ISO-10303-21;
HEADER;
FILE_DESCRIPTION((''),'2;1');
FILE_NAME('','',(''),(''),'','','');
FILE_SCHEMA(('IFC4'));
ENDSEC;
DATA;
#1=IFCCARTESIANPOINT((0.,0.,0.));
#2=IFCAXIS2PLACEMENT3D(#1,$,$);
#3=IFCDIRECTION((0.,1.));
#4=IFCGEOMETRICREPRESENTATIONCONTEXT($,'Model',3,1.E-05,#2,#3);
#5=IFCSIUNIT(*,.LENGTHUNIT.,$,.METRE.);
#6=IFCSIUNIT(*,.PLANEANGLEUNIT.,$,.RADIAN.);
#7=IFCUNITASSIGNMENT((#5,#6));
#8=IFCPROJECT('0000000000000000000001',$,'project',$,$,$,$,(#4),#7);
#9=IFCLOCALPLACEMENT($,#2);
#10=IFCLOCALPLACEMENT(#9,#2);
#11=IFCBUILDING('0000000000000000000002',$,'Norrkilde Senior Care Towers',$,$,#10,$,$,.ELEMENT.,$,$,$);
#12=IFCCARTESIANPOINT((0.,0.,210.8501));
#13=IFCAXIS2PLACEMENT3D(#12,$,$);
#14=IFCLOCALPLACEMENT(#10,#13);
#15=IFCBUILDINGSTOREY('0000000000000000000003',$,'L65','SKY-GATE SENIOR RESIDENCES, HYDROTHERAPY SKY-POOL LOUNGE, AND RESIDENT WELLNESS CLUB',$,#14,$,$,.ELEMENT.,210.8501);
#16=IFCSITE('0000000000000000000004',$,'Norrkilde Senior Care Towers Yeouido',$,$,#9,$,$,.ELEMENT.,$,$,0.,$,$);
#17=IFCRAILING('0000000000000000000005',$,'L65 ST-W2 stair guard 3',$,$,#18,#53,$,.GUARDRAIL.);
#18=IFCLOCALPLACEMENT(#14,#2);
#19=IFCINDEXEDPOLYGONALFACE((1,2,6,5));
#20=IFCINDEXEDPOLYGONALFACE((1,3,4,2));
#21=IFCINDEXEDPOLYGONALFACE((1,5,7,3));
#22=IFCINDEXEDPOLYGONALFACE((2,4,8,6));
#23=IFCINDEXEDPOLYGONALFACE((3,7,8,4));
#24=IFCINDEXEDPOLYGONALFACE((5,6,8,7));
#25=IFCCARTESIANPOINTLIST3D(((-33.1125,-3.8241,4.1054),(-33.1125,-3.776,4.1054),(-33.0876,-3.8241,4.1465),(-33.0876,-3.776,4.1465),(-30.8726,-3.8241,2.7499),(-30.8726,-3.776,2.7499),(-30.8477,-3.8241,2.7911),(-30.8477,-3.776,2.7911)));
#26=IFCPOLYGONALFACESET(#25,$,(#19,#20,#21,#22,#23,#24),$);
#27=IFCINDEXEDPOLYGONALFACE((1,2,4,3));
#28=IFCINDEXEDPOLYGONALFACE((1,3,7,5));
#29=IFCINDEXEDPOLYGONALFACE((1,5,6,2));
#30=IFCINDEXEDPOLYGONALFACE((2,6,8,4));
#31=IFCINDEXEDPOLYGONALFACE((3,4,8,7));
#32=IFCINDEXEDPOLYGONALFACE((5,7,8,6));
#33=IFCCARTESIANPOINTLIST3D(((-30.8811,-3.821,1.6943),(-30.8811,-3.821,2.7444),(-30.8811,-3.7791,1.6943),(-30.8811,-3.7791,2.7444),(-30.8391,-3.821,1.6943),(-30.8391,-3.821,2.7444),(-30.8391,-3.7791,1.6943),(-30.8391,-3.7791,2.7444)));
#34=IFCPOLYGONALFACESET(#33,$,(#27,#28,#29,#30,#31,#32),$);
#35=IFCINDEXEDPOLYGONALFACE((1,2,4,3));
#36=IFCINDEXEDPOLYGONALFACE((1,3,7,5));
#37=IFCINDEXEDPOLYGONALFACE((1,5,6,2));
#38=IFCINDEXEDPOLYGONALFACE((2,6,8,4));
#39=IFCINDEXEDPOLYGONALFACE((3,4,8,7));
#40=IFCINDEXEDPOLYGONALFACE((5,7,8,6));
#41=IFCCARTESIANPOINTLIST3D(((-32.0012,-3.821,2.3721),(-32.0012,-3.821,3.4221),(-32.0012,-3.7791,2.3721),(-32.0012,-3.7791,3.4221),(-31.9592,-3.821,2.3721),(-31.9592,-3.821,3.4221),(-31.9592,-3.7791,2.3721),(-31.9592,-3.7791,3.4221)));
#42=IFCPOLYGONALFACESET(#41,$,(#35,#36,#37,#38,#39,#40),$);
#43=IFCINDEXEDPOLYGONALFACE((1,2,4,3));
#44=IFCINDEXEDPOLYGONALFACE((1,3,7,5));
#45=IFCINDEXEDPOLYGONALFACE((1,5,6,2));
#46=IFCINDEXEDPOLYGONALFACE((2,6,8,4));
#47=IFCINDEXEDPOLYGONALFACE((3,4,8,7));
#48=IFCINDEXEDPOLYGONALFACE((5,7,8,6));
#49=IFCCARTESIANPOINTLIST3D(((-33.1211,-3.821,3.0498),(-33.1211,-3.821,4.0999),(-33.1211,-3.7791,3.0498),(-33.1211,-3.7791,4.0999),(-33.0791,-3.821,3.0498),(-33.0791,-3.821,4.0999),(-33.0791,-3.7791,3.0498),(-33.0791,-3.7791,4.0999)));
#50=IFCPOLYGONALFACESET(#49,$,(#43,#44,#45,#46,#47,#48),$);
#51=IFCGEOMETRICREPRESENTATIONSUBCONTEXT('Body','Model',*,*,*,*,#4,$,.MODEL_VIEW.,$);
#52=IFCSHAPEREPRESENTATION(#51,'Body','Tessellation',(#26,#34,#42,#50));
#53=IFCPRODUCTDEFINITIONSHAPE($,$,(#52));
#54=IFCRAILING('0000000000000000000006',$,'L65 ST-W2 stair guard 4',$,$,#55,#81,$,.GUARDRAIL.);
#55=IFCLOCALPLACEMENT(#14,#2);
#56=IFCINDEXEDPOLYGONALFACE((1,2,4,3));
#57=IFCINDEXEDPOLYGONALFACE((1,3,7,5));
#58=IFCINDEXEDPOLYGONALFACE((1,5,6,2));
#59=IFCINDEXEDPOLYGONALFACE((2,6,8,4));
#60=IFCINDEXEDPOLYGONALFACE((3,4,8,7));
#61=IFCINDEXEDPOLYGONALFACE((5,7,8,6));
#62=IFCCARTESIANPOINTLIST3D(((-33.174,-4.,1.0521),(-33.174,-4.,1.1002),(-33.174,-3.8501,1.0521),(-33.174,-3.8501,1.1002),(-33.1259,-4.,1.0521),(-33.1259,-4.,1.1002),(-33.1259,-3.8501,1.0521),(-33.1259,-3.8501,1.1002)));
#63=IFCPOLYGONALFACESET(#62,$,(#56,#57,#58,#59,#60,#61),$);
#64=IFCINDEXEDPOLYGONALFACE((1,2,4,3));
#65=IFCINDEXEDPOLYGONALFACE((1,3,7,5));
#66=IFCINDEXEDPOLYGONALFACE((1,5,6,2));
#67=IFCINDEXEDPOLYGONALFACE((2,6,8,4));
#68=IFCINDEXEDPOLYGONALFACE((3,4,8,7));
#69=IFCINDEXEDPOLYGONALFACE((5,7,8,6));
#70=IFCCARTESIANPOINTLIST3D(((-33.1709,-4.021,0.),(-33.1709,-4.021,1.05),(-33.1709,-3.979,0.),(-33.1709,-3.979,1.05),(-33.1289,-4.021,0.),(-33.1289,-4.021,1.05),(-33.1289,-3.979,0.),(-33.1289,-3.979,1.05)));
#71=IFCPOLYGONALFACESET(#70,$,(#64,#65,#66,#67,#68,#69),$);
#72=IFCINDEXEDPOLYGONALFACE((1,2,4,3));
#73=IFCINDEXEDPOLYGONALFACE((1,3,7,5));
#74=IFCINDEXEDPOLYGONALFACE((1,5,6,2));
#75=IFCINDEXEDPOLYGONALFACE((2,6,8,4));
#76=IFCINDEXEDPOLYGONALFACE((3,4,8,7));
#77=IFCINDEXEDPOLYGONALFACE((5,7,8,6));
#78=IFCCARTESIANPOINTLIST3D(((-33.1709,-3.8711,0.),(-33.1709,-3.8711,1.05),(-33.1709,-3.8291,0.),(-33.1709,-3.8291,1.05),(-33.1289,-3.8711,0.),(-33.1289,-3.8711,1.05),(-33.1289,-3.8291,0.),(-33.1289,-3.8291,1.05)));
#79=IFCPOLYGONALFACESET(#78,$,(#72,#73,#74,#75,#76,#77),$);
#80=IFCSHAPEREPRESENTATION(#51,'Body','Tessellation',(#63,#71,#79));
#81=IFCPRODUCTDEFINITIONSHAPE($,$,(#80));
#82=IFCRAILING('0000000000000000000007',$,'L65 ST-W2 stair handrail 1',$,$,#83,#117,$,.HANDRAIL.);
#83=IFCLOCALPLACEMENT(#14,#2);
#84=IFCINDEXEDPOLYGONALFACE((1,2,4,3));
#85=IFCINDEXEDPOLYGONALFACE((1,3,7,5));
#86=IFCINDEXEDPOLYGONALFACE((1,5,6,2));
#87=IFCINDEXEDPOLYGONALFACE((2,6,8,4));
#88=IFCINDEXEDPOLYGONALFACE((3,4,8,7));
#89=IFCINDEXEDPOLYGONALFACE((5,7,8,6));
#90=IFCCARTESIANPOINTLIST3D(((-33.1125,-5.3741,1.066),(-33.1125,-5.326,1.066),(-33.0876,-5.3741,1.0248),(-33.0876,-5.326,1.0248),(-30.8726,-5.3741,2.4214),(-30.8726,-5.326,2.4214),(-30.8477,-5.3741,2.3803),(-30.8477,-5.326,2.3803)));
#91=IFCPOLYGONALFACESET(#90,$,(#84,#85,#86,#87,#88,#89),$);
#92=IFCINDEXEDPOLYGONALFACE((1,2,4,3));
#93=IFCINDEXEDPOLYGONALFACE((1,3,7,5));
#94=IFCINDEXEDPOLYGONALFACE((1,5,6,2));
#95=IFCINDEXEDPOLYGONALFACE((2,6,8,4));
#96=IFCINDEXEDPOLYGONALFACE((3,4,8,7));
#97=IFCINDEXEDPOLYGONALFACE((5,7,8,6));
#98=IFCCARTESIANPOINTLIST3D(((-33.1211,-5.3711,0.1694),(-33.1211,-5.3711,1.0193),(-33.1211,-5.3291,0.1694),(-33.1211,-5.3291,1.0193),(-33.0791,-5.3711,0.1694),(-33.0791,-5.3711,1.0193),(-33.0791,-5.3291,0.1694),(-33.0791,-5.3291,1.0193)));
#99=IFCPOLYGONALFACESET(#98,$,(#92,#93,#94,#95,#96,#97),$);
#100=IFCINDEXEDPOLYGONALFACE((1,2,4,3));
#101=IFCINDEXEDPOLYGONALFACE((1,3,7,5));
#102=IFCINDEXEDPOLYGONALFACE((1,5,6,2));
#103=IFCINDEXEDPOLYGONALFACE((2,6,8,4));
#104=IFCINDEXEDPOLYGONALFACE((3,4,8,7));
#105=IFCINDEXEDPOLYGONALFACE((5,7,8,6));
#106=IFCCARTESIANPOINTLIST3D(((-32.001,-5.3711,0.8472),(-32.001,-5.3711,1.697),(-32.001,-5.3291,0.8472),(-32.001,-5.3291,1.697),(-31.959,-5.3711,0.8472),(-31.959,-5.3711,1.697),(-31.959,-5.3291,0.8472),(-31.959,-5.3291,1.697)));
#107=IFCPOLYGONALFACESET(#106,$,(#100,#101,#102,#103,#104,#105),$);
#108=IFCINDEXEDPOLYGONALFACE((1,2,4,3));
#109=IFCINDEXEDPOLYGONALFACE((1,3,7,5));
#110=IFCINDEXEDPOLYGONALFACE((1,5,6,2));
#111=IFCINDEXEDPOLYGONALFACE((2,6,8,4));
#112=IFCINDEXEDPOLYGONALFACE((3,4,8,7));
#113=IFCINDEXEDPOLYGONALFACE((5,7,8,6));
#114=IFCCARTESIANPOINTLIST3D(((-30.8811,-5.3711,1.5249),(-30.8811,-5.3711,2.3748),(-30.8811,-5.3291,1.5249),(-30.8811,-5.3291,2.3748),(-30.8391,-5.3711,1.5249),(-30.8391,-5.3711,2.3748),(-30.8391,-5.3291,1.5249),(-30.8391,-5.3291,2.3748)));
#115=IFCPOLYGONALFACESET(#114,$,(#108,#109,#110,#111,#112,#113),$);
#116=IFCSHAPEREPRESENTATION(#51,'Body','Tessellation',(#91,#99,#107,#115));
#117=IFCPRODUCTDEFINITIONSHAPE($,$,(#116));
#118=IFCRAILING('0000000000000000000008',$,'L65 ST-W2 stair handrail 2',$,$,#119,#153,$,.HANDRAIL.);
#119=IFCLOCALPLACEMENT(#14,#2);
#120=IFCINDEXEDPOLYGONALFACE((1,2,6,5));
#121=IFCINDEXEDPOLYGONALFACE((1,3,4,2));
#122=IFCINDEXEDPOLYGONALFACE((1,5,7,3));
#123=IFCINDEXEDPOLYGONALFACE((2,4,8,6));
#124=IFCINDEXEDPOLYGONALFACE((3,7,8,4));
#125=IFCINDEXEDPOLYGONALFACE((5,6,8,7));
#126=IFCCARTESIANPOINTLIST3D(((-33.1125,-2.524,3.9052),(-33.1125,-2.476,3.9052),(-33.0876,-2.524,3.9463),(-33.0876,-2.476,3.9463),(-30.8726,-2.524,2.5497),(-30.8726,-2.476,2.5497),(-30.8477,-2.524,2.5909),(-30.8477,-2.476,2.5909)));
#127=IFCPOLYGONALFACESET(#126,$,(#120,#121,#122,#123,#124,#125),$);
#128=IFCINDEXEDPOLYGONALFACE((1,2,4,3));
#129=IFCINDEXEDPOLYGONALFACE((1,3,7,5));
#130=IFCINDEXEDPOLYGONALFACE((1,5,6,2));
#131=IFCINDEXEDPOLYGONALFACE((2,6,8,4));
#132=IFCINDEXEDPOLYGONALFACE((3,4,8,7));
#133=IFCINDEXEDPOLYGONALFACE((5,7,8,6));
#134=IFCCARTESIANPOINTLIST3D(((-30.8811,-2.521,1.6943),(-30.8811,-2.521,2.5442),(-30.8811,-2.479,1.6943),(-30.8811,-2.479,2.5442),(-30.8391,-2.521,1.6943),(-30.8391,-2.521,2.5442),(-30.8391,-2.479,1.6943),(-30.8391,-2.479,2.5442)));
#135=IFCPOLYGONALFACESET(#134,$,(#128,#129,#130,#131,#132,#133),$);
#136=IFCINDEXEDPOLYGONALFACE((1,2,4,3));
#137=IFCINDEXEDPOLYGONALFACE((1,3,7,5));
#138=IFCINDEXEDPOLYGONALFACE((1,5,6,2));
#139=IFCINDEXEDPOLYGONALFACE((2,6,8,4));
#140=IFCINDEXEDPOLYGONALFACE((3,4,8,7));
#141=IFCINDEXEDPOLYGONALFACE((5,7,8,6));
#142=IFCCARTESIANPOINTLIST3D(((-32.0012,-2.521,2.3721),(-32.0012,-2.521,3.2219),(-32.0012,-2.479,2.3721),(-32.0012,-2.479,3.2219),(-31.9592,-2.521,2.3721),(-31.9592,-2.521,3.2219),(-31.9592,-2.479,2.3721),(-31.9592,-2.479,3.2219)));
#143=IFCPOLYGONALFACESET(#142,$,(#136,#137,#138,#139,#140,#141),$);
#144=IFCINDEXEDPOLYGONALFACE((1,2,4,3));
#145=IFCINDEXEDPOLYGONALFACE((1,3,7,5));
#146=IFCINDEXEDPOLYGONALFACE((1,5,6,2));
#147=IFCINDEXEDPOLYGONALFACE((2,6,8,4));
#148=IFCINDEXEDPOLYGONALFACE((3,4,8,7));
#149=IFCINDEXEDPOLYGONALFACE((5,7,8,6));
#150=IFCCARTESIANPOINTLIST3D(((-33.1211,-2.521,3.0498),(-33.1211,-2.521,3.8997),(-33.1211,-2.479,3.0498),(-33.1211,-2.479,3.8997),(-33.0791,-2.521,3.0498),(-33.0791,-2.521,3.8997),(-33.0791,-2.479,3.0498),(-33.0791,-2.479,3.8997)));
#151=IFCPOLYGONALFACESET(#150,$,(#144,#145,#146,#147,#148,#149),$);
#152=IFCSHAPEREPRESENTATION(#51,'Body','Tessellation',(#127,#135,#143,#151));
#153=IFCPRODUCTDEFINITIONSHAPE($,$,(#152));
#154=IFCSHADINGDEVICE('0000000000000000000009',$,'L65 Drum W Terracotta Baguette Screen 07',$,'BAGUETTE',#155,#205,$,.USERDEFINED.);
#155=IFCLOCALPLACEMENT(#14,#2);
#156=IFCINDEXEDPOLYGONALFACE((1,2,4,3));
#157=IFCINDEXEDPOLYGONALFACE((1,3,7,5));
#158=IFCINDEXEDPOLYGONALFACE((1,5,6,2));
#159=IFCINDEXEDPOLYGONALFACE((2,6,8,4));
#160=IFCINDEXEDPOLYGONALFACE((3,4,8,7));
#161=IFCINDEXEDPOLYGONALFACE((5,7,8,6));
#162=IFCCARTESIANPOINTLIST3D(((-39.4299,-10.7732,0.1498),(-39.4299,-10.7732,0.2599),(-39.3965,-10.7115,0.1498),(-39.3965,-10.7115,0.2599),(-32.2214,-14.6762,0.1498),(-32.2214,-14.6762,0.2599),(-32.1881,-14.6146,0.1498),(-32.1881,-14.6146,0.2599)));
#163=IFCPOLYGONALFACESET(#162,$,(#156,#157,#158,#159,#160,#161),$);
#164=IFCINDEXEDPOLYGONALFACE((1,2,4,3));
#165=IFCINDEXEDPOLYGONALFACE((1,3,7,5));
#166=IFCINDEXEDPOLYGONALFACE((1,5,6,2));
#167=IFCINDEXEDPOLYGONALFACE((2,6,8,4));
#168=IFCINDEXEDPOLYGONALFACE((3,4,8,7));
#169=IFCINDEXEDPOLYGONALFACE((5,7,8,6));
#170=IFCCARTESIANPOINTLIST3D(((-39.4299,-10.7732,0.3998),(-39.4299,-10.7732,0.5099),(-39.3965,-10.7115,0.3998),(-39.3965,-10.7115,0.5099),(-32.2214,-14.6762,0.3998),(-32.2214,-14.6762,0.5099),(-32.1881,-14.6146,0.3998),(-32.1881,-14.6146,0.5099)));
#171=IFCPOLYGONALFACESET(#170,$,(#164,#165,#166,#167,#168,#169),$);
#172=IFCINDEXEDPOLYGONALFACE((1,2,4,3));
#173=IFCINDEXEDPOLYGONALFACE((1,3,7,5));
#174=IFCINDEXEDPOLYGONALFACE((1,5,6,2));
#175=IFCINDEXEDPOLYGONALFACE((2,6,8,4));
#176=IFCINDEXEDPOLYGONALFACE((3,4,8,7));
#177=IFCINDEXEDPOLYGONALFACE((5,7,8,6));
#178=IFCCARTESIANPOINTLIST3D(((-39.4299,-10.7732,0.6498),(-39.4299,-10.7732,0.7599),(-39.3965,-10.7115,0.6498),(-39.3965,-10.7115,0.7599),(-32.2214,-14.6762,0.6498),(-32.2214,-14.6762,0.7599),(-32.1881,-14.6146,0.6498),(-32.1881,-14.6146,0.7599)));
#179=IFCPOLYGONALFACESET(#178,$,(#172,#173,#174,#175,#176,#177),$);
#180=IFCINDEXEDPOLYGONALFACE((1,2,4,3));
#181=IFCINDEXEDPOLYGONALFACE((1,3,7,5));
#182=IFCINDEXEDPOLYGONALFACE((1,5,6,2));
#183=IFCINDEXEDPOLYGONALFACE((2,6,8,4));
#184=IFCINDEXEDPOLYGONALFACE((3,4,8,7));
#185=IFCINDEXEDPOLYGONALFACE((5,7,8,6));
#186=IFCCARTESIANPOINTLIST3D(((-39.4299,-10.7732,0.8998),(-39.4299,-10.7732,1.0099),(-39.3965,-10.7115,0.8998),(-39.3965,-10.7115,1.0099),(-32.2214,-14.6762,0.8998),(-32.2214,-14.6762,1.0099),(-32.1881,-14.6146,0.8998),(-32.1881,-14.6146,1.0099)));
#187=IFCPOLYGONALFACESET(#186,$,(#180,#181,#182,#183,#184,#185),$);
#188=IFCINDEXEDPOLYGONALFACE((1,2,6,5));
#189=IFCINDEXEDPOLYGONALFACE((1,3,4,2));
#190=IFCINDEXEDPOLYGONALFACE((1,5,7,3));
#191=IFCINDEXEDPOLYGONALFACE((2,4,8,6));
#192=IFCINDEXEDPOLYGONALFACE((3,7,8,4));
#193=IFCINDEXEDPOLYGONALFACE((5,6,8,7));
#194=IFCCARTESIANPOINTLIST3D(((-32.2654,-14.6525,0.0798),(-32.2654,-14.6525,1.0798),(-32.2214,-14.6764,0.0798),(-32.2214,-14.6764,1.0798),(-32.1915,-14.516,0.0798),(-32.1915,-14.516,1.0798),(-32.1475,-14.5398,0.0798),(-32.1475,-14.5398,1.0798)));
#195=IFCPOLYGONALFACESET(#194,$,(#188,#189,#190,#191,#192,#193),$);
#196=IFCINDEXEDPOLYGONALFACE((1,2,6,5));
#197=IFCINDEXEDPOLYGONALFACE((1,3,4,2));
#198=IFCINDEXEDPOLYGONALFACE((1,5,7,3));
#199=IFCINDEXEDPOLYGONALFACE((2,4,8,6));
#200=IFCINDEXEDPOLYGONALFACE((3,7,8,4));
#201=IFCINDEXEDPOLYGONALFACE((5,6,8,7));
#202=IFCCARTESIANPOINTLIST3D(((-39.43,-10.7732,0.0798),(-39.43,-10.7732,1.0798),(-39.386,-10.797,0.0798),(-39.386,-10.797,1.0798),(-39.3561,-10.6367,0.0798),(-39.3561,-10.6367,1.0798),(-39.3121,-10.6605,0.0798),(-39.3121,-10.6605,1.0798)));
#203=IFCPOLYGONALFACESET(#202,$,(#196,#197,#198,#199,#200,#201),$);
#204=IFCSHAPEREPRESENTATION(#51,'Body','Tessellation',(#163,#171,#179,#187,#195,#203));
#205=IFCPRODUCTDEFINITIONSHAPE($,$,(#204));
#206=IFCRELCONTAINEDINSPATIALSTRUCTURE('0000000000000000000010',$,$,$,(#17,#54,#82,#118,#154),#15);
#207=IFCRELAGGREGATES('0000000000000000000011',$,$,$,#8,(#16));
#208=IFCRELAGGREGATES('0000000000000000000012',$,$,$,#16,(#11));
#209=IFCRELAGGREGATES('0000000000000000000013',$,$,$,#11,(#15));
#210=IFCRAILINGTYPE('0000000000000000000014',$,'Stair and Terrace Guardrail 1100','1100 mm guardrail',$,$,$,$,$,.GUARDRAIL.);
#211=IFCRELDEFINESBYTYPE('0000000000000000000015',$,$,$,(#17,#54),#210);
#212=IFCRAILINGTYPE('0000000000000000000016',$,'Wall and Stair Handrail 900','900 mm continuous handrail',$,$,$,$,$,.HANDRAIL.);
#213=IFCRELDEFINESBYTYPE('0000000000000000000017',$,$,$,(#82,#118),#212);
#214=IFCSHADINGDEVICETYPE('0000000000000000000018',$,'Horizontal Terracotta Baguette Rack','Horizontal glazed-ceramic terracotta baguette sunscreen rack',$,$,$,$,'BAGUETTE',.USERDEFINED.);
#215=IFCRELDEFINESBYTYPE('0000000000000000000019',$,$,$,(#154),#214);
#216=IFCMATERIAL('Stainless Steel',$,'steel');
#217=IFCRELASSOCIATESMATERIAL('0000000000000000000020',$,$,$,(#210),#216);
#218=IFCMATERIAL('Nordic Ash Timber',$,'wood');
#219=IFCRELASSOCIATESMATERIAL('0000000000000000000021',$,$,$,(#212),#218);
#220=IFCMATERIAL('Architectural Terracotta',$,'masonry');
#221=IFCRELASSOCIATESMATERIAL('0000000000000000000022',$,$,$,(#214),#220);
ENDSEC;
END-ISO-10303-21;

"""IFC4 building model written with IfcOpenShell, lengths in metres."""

from ifc_helpers import new_model, si_unit, direction, frame, origin, origin_2d, place, context, subcontext, project, spatial, rectangle, extrude, source, transform, mapped, material, type_object, type_shapes, element, save


model = new_model("IFC4")

# Units and contexts
model_context = context("Model", 3, precision=1e-05, world=origin(), true_north=direction((0.0, 1.0)))
body_context = subcontext(model_context, "Body", "Model", "MODEL_VIEW")
ifc_project = project(units=[si_unit("LENGTHUNIT", "METRE"), si_unit("PLANEANGLEUNIT", "RADIAN")], contexts=[model_context])

# Site, building, storey
site_placement = place(None, origin())
site = spatial("IfcSite", under=ifc_project, at=site_placement, Name="Norrkilde Senior Care Towers Yeouido", CompositionType="ELEMENT", RefElevation=0.0)
building_placement = place(site_placement, origin())
building = spatial("IfcBuilding", under=site, at=building_placement, Name="Norrkilde Senior Care Towers", CompositionType="ELEMENT")
storey_placement = place(building_placement, frame((0.0, 0.0, 210.8501)))
storey = spatial("IfcBuildingStorey", under=building, at=storey_placement, Name="L65", Description="SKY-GATE SENIOR RESIDENCES, HYDROTHERAPY SKY-POOL LOUNGE, AND RESIDENT WELLNESS CLUB", CompositionType="ELEMENT", Elevation=210.8501)

# Shared definitions
ifc_material_1 = material(Name="Stainless Steel", Category="steel")

# Shared definitions
ifc_material_2 = material(Name="Nordic Ash Timber", Category="wood")

# Railings
railing_type_1 = type_object("IfcRailingType", Name="Stair and Terrace Guardrail 1100", Description="1100 mm guardrail", PredefinedType="GUARDRAIL", material=ifc_material_1)
railing_1_placement = place(storey_placement, frame((-30.8601, -3.8, 1.6943)))
element("IfcRailing", 1, at=railing_1_placement, inside=storey, type_object=railing_type_1, Name="L65 ST-W2 stair guard 3", PredefinedType="GUARDRAIL", context=body_context, shape_type="SweptSolid", body=[
    extrude(rectangle(XDim=0.0481, YDim=0.0481, at=origin_2d()), frame((0.0, 0.0, 1.0762), z_axis=(-0.855553, 0.0, 0.517715), x_axis=(0.0, -1.0, 0.0)), (0.0, 0.0, 1.0), 2.6182),
    extrude(rectangle(XDim=0.042, YDim=0.042, at=origin_2d()), origin(), (0.0, 0.0, 1.0), 1.05),
    extrude(rectangle(XDim=0.042, YDim=0.042, at=origin_2d()), frame((-1.1201, 0.0, 0.6777)), (0.0, 0.0, 1.0), 1.05),
    extrude(rectangle(XDim=0.042, YDim=0.042, at=origin_2d()), frame((-2.24, 0.0, 1.3555)), (0.0, 0.0, 1.0), 1.05),
])
railing_2_placement = place(storey_placement, frame((-33.1499, -4.0, 0.0)))
element("IfcRailing", 2, at=railing_2_placement, inside=storey, type_object=railing_type_1, Name="L65 ST-W2 stair guard 4", PredefinedType="GUARDRAIL", context=body_context, shape_type="SweptSolid", body=[
    extrude(rectangle(XDim=0.0481, YDim=0.0481, at=origin_2d()), frame((0.0, 0.0, 1.0762), z_axis=(0.0, 1.0, 0.0), x_axis=(-1.0, 0.0, 0.0)), (0.0, 0.0, 1.0), 0.1499),
    extrude(rectangle(XDim=0.042, YDim=0.042, at=origin_2d()), origin(), (0.0, 0.0, 1.0), 1.05),
    extrude(rectangle(XDim=0.042, YDim=0.042, at=origin_2d()), frame((0.0, 0.1499, 0.0)), (0.0, 0.0, 1.0), 1.05),
])
railing_type_2 = type_object("IfcRailingType", Name="Wall and Stair Handrail 900", Description="900 mm continuous handrail", PredefinedType="HANDRAIL", material=ifc_material_2)
railing_3_placement = place(storey_placement, frame((-33.1001, -5.3501, 0.1694)))
element("IfcRailing", 3, at=railing_3_placement, inside=storey, type_object=railing_type_2, Name="L65 ST-W2 stair handrail 1", PredefinedType="HANDRAIL", context=body_context, shape_type="SweptSolid", body=[
    extrude(rectangle(XDim=0.0481, YDim=0.0481, at=origin_2d()), frame((0.0, 0.0, 0.876), z_axis=(0.855553, 0.0, 0.517715), x_axis=(0.0, 1.0, 0.0)), (0.0, 0.0, 1.0), 2.6182),
    extrude(rectangle(XDim=0.042, YDim=0.042, at=origin_2d()), origin(), (0.0, 0.0, 1.0), 0.8499),
    extrude(rectangle(XDim=0.042, YDim=0.042, at=origin_2d()), frame((1.1201, 0.0, 0.6777)), (0.0, 0.0, 1.0), 0.8499),
    extrude(rectangle(XDim=0.042, YDim=0.042, at=origin_2d()), frame((2.24, 0.0, 1.3555)), (0.0, 0.0, 1.0), 0.8499),
])
railing_4_placement = place(storey_placement, frame((-30.8601, -2.5, 1.6943)))
element("IfcRailing", 4, at=railing_4_placement, inside=storey, type_object=railing_type_2, Name="L65 ST-W2 stair handrail 2", PredefinedType="HANDRAIL", context=body_context, shape_type="SweptSolid", body=[
    extrude(rectangle(XDim=0.0481, YDim=0.0481, at=origin_2d()), frame((0.0, 0.0, 0.876), z_axis=(-0.855553, 0.0, 0.517715), x_axis=(0.0, -1.0, 0.0)), (0.0, 0.0, 1.0), 2.6182),
    extrude(rectangle(XDim=0.042, YDim=0.042, at=origin_2d()), origin(), (0.0, 0.0, 1.0), 0.8499),
    extrude(rectangle(XDim=0.042, YDim=0.042, at=origin_2d()), frame((-1.1201, 0.0, 0.6777)), (0.0, 0.0, 1.0), 0.8499),
    extrude(rectangle(XDim=0.042, YDim=0.042, at=origin_2d()), frame((-2.24, 0.0, 1.3555)), (0.0, 0.0, 1.0), 0.8499),
])

# Shading device
ifc_material_3 = material(Name="Architectural Terracotta", Category="masonry")
shading_device_type = type_object("IfcShadingDeviceType", Name="Horizontal Terracotta Baguette Rack", Description="Horizontal glazed-ceramic terracotta baguette sunscreen rack", ElementType="BAGUETTE", PredefinedType="USERDEFINED", material=ifc_material_3)
shared_shape_1 = source(origin(), body_context, "Body", "SweptSolid", [
    extrude(rectangle(XDim=0.0701, YDim=0.1101, at=origin_2d()), frame((0.0, 0.0901, 0.125), z_axis=(1.0, 0.0, 0.0), x_axis=(0.0, 1.0, 0.0)), (0.0, 0.0, 1.0), 8.1973),
    extrude(rectangle(XDim=0.0701, YDim=0.1101, at=origin_2d()), frame((0.0, 0.0901, 0.375), z_axis=(1.0, 0.0, 0.0), x_axis=(0.0, 1.0, 0.0)), (0.0, 0.0, 1.0), 8.1973),
    extrude(rectangle(XDim=0.0701, YDim=0.1101, at=origin_2d()), frame((0.0, 0.0901, 0.625), z_axis=(1.0, 0.0, 0.0), x_axis=(0.0, 1.0, 0.0)), (0.0, 0.0, 1.0), 8.1973),
    extrude(rectangle(XDim=0.0701, YDim=0.1101, at=origin_2d()), frame((0.0, 0.0901, 0.875), z_axis=(1.0, 0.0, 0.0), x_axis=(0.0, 1.0, 0.0)), (0.0, 0.0, 1.0), 8.1973),
    extrude(rectangle(XDim=0.05, YDim=0.1553, at=origin_2d()), frame((0.0249, 0.0476, 0.0)), (0.0, 0.0, 1.0), 1.0),
    extrude(rectangle(XDim=0.05, YDim=0.1553, at=origin_2d()), frame((8.1724, 0.0476, 0.0)), (0.0, 0.0, 1.0), 1.0),
])
type_shapes(shading_device_type, [shared_shape_1])
shading_device_placement = place(storey_placement, frame((-32.1619, -14.5662, 0.0798), z_axis=(0.0, 0.0, 1.0), x_axis=(-0.879378, 0.476144, 0.0)))
element("IfcShadingDevice", 5, at=shading_device_placement, inside=storey, type_object=shading_device_type, Name="L65 Drum W Terracotta Baguette Screen 07", ObjectType="BAGUETTE", PredefinedType="USERDEFINED", context=body_context, shape_type="MappedRepresentation", body=[
    mapped(shared_shape_1, transform((0.0, 0.0, 0.0), x_axis=(1.0, 0.0, 0.0), y_axis=(0.0, 1.0, 0.0), z_axis=(0.0, 0.0, 1.0), scale=1.0)),
])

save(model, "model.ifc")
